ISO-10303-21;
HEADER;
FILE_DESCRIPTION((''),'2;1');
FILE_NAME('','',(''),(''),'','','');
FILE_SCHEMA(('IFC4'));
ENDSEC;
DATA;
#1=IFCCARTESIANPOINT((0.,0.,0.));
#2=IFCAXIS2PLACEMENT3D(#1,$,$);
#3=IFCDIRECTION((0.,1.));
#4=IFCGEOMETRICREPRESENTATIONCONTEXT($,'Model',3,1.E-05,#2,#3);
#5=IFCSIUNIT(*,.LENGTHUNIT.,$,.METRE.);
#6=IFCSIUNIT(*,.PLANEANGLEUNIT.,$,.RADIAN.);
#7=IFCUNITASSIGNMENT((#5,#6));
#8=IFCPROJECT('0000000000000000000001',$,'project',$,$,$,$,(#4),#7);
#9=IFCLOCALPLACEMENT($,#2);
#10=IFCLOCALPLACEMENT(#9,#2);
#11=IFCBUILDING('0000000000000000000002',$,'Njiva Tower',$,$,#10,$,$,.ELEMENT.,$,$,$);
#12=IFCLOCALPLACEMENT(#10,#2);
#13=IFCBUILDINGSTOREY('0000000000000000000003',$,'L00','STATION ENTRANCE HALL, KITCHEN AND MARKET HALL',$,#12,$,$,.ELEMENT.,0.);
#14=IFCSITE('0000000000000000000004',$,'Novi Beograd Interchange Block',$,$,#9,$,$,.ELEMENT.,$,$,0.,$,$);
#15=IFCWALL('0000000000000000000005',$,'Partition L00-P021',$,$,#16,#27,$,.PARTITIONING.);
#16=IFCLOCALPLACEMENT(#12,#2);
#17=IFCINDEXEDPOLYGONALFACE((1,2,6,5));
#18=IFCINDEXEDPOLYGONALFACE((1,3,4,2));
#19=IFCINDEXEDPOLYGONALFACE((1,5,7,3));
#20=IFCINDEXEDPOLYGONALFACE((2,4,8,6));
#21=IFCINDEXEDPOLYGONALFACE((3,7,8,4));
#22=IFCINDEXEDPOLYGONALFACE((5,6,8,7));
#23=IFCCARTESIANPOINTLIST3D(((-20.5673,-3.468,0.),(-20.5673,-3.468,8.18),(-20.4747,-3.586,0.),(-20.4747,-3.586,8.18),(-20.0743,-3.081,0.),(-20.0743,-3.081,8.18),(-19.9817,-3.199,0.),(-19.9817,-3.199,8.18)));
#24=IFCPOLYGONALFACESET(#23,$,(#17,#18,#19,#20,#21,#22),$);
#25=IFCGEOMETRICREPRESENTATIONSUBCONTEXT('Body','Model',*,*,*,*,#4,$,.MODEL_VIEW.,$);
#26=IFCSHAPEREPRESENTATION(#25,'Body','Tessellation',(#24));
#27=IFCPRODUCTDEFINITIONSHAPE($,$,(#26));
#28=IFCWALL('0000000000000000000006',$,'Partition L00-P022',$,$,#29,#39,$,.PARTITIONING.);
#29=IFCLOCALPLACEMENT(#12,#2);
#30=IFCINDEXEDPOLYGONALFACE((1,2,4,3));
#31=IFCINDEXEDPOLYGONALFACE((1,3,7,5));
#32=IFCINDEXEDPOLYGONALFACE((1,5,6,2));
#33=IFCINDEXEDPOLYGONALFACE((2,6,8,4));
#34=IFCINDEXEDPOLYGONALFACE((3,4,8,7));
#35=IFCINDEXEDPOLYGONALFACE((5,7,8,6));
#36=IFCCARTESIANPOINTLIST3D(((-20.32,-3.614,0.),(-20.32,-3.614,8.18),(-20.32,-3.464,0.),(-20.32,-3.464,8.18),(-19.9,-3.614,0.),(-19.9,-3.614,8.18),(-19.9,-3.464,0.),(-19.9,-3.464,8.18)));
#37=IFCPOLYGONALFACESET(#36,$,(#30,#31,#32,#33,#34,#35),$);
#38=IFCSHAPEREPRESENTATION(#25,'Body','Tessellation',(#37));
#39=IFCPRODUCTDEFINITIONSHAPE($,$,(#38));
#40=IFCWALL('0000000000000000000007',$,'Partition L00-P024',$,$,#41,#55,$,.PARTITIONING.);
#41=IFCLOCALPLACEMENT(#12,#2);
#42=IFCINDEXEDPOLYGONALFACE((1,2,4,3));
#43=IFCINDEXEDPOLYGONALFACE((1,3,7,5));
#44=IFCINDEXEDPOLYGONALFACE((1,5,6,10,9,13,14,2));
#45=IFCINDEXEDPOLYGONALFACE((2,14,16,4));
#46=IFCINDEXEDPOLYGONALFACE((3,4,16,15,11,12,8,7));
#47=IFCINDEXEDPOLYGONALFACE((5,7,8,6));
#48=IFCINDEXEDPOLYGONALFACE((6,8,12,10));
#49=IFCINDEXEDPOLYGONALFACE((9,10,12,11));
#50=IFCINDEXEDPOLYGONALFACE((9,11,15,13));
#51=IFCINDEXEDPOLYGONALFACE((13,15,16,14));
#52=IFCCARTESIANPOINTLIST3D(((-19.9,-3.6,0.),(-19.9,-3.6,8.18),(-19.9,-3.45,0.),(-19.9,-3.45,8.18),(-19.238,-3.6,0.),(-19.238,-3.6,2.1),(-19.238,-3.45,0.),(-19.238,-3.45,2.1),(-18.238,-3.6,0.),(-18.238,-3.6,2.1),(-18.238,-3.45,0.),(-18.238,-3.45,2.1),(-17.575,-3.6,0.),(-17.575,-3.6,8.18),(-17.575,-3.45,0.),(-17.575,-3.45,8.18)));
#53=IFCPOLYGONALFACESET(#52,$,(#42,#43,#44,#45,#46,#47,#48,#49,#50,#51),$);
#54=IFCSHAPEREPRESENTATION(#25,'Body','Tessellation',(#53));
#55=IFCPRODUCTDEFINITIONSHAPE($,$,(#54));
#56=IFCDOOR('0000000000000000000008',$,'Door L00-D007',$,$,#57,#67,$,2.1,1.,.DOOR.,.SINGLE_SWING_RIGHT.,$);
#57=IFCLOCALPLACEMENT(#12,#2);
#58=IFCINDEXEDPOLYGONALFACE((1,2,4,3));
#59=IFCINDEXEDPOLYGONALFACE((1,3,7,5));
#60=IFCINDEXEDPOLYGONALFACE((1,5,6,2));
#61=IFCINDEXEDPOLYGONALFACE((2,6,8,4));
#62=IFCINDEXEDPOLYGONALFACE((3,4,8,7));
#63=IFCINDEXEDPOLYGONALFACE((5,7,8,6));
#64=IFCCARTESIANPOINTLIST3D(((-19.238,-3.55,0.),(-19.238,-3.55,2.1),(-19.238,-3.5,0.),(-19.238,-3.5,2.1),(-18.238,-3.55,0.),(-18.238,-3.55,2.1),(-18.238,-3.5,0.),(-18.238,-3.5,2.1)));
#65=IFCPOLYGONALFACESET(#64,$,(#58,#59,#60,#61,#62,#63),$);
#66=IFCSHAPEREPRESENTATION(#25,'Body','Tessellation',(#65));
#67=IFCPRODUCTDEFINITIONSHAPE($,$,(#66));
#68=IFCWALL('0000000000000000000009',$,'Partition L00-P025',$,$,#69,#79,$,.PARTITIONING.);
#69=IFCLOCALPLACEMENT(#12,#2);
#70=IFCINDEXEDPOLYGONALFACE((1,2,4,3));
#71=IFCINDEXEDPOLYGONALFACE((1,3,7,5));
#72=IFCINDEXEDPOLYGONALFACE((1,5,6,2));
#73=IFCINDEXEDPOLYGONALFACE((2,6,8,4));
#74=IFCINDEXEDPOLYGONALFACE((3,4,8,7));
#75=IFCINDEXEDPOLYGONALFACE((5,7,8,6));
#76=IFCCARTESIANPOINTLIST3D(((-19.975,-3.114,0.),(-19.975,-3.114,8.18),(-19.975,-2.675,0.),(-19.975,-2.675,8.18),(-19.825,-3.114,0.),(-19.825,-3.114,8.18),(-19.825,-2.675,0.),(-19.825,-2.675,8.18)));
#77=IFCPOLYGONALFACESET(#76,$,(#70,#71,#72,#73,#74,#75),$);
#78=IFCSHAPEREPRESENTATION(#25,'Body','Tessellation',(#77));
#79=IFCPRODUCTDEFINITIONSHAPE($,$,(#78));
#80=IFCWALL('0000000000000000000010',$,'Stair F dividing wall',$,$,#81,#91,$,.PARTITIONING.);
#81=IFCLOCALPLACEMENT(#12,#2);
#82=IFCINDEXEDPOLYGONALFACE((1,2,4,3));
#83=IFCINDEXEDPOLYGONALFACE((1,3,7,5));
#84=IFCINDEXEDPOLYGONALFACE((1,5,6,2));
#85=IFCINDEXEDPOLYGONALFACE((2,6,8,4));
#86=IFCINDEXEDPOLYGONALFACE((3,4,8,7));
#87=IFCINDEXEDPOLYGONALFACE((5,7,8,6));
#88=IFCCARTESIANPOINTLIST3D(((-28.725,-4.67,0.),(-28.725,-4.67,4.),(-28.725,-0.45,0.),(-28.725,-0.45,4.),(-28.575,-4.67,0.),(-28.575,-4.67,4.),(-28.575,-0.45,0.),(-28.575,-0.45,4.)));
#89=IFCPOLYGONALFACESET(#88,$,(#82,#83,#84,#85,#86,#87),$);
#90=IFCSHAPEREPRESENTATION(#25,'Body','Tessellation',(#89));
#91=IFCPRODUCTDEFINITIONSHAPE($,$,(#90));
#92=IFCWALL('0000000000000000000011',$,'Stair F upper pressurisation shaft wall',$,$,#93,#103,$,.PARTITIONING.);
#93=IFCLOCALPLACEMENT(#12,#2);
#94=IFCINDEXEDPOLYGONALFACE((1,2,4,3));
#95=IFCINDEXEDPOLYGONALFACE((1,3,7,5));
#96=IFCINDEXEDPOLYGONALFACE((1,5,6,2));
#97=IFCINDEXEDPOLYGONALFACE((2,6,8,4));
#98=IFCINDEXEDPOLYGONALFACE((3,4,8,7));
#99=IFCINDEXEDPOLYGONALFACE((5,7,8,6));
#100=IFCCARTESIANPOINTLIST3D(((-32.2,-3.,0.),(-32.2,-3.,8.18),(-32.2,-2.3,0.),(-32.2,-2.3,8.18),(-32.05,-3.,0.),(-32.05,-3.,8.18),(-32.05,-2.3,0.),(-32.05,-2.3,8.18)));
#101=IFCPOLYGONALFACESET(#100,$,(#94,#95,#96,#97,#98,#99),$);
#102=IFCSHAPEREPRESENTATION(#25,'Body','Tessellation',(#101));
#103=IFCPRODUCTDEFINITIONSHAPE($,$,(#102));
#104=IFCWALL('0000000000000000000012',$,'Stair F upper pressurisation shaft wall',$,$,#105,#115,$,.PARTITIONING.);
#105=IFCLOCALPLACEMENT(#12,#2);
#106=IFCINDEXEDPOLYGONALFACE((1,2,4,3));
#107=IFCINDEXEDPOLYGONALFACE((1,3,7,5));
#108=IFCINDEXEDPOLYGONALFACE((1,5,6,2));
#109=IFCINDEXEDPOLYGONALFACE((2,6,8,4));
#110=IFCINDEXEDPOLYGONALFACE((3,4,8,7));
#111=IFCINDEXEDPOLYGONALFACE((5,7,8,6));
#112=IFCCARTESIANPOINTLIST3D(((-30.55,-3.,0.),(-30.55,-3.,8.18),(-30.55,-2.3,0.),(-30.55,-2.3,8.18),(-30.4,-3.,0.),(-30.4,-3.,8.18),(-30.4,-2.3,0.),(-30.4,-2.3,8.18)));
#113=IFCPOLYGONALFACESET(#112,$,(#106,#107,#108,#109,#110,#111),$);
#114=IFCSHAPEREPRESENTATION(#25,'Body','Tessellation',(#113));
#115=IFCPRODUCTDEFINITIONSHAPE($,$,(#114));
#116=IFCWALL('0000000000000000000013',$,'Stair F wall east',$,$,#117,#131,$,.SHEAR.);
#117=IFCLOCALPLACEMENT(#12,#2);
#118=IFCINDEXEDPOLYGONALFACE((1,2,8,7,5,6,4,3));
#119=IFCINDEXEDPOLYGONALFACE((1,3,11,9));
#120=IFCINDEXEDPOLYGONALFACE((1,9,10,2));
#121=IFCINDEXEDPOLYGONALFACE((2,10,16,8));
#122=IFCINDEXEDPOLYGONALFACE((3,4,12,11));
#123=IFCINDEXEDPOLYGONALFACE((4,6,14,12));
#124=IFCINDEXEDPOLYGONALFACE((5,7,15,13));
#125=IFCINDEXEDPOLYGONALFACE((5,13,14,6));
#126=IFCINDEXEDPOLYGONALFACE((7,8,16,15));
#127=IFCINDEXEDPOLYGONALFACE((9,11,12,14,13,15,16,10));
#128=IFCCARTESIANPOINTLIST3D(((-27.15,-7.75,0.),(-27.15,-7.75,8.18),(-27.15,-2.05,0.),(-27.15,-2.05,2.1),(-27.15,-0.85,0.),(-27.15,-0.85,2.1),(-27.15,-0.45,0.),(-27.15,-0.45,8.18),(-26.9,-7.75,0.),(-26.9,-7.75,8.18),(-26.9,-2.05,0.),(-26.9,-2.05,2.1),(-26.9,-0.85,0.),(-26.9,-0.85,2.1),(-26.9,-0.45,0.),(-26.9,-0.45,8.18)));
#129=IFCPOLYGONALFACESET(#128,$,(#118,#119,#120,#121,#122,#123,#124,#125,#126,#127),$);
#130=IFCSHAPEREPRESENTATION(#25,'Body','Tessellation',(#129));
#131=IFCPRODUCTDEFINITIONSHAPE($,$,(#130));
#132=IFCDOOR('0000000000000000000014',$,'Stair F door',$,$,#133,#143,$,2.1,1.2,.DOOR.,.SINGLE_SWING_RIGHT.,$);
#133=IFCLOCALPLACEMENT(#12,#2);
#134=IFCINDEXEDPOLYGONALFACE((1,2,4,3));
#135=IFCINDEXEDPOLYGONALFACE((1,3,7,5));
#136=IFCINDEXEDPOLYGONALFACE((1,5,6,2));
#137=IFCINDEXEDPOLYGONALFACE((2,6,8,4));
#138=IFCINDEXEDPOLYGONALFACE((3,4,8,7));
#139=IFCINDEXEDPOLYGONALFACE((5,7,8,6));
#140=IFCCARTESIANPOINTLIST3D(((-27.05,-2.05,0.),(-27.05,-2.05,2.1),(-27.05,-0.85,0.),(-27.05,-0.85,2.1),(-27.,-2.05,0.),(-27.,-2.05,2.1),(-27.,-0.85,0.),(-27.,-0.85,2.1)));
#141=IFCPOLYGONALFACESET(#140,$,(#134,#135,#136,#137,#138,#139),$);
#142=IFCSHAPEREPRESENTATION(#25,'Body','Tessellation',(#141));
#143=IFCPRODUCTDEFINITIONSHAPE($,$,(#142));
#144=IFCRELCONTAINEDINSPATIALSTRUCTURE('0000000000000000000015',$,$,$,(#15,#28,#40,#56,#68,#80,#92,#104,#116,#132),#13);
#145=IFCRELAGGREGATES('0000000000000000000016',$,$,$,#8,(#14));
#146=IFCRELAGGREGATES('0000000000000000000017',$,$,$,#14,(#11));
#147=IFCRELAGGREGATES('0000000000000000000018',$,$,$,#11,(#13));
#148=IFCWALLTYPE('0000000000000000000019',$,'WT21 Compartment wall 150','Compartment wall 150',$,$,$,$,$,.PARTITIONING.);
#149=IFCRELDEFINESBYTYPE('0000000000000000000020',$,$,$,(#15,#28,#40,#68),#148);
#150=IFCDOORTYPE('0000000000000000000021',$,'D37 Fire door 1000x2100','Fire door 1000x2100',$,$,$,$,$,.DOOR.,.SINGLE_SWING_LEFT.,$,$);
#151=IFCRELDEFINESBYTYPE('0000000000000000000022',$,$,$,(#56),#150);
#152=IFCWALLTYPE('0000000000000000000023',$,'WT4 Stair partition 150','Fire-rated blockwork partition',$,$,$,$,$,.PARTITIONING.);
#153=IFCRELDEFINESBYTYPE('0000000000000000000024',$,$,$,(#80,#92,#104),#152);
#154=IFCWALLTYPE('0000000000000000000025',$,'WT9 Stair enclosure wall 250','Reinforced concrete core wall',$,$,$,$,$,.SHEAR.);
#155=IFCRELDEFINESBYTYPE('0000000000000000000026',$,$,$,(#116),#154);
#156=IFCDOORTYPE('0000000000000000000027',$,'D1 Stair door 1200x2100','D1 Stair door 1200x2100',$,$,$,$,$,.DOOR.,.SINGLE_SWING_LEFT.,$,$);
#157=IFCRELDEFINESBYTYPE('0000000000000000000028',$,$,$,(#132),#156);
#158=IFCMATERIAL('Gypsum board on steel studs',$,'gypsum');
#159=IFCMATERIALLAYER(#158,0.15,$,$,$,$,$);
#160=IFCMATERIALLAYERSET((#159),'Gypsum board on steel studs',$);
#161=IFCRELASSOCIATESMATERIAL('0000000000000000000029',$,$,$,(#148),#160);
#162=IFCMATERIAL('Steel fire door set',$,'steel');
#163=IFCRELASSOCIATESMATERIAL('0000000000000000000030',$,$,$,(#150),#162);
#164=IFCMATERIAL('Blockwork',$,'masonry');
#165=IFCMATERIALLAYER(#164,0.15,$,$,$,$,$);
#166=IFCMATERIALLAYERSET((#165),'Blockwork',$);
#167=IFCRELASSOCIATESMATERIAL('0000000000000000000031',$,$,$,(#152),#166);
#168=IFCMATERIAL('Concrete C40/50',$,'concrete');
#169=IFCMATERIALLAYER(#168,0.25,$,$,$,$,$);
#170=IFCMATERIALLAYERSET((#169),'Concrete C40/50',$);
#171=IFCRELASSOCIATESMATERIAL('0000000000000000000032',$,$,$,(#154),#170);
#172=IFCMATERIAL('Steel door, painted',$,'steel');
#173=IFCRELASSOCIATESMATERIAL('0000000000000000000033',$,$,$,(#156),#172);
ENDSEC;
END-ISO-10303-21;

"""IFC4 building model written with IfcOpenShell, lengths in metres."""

from ifc_helpers import new_model, si_unit, direction, frame, frame_2d, origin, place, context, subcontext, project, spatial, rectangle, extrude, material, layer, layer_set, type_object, element, fill, save


model = new_model("IFC4")

# Units and contexts
model_context = context("Model", 3, precision=1e-05, world=origin(), true_north=direction((0.0, 1.0)))
body_context = subcontext(model_context, "Body", "Model", "MODEL_VIEW")
ifc_project = project(units=[si_unit("LENGTHUNIT", "METRE"), si_unit("PLANEANGLEUNIT", "RADIAN")], contexts=[model_context])

# Site, building, storey
site_placement = place(None, origin())
site = spatial("IfcSite", under=ifc_project, at=site_placement, Name="Novi Beograd Interchange Block", CompositionType="ELEMENT", RefElevation=0.0)
building_placement = place(site_placement, origin())
building = spatial("IfcBuilding", under=site, at=building_placement, Name="Njiva Tower", CompositionType="ELEMENT")
storey_placement = place(building_placement, origin())
storey = spatial("IfcBuildingStorey", under=building, at=storey_placement, Name="L00", Description="STATION ENTRANCE HALL, KITCHEN AND MARKET HALL", CompositionType="ELEMENT", Elevation=0.0)

# Shared definitions
ifc_material_1 = material(Name="Gypsum board on steel studs", Category="gypsum")
ifc_layer_1 = layer(ifc_material_1, 0.15)
ifc_layer_set_1 = layer_set([ifc_layer_1], Name="Gypsum board on steel studs")
wall_type_1 = type_object("IfcWallType", Name="WT21 Compartment wall 150", Description="Compartment wall 150", PredefinedType="PARTITIONING", material=ifc_layer_set_1)

# Shared definitions
ifc_material_2 = material(Name="Steel fire door set", Category="steel")
door_type_1 = type_object("IfcDoorType", Name="D37 Fire door 1000x2100", Description="Fire door 1000x2100", OperationType="SINGLE_SWING_LEFT", PredefinedType="DOOR", material=ifc_material_2)

# Walls
wall_1_placement = place(storey_placement, frame((-20.521, -3.527, 0.0), z_axis=(0.0, 0.0, 1.0), x_axis=(0.786595, 0.617469, 0.0)))
element("IfcWall", 1, at=wall_1_placement, inside=storey, type_object=wall_type_1, Name="Partition L00-P021", PredefinedType="PARTITIONING", context=body_context, shape_type="SweptSolid", body=[
    extrude(rectangle(XDim=0.6268, YDim=0.15, at=frame_2d((0.3134, 0.0))), origin(), (0.0, 0.0, 1.0), 8.18),
])
wall_2_placement = place(storey_placement, frame((-20.32, -3.539, 0.0), z_axis=(0.0, 0.0, 1.0), x_axis=(1.0, 0.0, 0.0)))
element("IfcWall", 2, at=wall_2_placement, inside=storey, type_object=wall_type_1, Name="Partition L00-P022", PredefinedType="PARTITIONING", context=body_context, shape_type="SweptSolid", body=[
    extrude(rectangle(XDim=0.42, YDim=0.15, at=frame_2d((0.21, 0.0))), origin(), (0.0, 0.0, 1.0), 8.18),
])

# Wall, opening, door
wall_3_placement = place(storey_placement, frame((-19.9, -3.525, 0.0), z_axis=(0.0, 0.0, 1.0), x_axis=(1.0, 0.0, 0.0)))
wall_3 = element("IfcWall", 3, at=wall_3_placement, inside=storey, type_object=wall_type_1, Name="Partition L00-P024", PredefinedType="PARTITIONING", context=body_context, shape_type="SweptSolid", body=[
    extrude(rectangle(XDim=2.325, YDim=0.15, at=frame_2d((1.1625, 0.0))), origin(), (0.0, 0.0, 1.0), 8.18),
])
opening_1_placement = place(wall_3_placement, frame((0.662, 0.0, 0.0)))
opening_1 = element("IfcOpeningElement", 4, at=opening_1_placement, cuts=wall_3, PredefinedType="OPENING", context=body_context, shape_type="SweptSolid", body=[
    extrude(rectangle(XDim=1.0, YDim=2.1, at=frame_2d((0.5, 1.05))), frame((0.0, 0.085, 0.0), z_axis=(0.0, -1.0, 0.0), x_axis=(1.0, 0.0, 0.0)), (0.0, 0.0, 1.0), 0.17),
])
door_1_placement = place(opening_1_placement, origin())
door_1 = element("IfcDoor", 5, at=door_1_placement, inside=storey, type_object=door_type_1, Name="Door L00-D007", OperationType="SINGLE_SWING_RIGHT", OverallHeight=2.1, OverallWidth=1.0, PredefinedType="DOOR", context=body_context, shape_type="SweptSolid", body=[
    extrude(rectangle(XDim=1.0, YDim=2.1, at=frame_2d((0.5, 1.05))), frame((0.0, 0.025, 0.0), z_axis=(0.0, -1.0, 0.0), x_axis=(1.0, 0.0, 0.0)), (0.0, 0.0, 1.0), 0.05),
])
fill(opening_1, door_1)

# Walls
wall_4_placement = place(storey_placement, frame((-19.9, -3.114, 0.0), z_axis=(0.0, 0.0, 1.0), x_axis=(0.0, 1.0, 0.0)))
element("IfcWall", 6, at=wall_4_placement, inside=storey, type_object=wall_type_1, Name="Partition L00-P025", PredefinedType="PARTITIONING", context=body_context, shape_type="SweptSolid", body=[
    extrude(rectangle(XDim=0.439, YDim=0.15, at=frame_2d((0.2195, 0.0))), origin(), (0.0, 0.0, 1.0), 8.18),
])
ifc_material_3 = material(Name="Blockwork", Category="masonry")
ifc_layer_2 = layer(ifc_material_3, 0.15)
ifc_layer_set_2 = layer_set([ifc_layer_2], Name="Blockwork")
wall_type_2 = type_object("IfcWallType", Name="WT4 Stair partition 150", Description="Fire-rated blockwork partition", PredefinedType="PARTITIONING", material=ifc_layer_set_2)
wall_5_placement = place(storey_placement, frame((-28.65, -4.67, 0.0), z_axis=(0.0, 0.0, 1.0), x_axis=(0.0, 1.0, 0.0)))
element("IfcWall", 7, at=wall_5_placement, inside=storey, type_object=wall_type_2, Name="Stair F dividing wall", PredefinedType="PARTITIONING", context=body_context, shape_type="SweptSolid", body=[
    extrude(rectangle(XDim=4.22, YDim=0.15, at=frame_2d((2.11, 0.0))), origin(), (0.0, 0.0, 1.0), 4.0),
])
for number, where, z_axis, x_axis, name in (
    (8, (-32.125, -3.0, 0.0), (0.0, 0.0, 1.0), (0.0, 1.0, 0.0), "Stair F upper pressurisation shaft wall"),
    (9, (-30.475, -3.0, 0.0), (0.0, 0.0, 1.0), (0.0, 1.0, 0.0), "Stair F upper pressurisation shaft wall"),
):
    element("IfcWall", number, at=place(storey_placement, frame(where, z_axis=z_axis, x_axis=x_axis)), inside=storey, type_object=wall_type_2, Name=name, PredefinedType="PARTITIONING", context=body_context, shape_type="SweptSolid", body=[
        extrude(rectangle(XDim=0.7, YDim=0.15, at=frame_2d((0.35, 0.0))), origin(), (0.0, 0.0, 1.0), 8.18),
    ])

# Wall, opening, door
ifc_material_4 = material(Name="Concrete C40/50", Category="concrete")
ifc_layer_3 = layer(ifc_material_4, 0.25)
ifc_layer_set_3 = layer_set([ifc_layer_3], Name="Concrete C40/50")
wall_type_3 = type_object("IfcWallType", Name="WT9 Stair enclosure wall 250", Description="Reinforced concrete core wall", PredefinedType="SHEAR", material=ifc_layer_set_3)
wall_6_placement = place(storey_placement, frame((-27.025, -7.75, 0.0), z_axis=(0.0, 0.0, 1.0), x_axis=(0.0, 1.0, 0.0)))
wall_6 = element("IfcWall", 10, at=wall_6_placement, inside=storey, type_object=wall_type_3, Name="Stair F wall east", PredefinedType="SHEAR", context=body_context, shape_type="SweptSolid", body=[
    extrude(rectangle(XDim=7.3, YDim=0.25, at=frame_2d((3.65, 0.0))), origin(), (0.0, 0.0, 1.0), 8.18),
])
opening_2_placement = place(wall_6_placement, frame((5.7, 0.0, 0.0)))
opening_2 = element("IfcOpeningElement", 11, at=opening_2_placement, cuts=wall_6, PredefinedType="OPENING", context=body_context, shape_type="SweptSolid", body=[
    extrude(rectangle(XDim=1.2, YDim=2.1, at=frame_2d((0.6, 1.05))), frame((0.0, 0.135, 0.0), z_axis=(0.0, -1.0, 0.0), x_axis=(1.0, 0.0, 0.0)), (0.0, 0.0, 1.0), 0.27),
])
ifc_material_5 = material(Name="Steel door, painted", Category="steel")
door_type_2 = type_object("IfcDoorType", Name="D1 Stair door 1200x2100", Description="D1 Stair door 1200x2100", OperationType="SINGLE_SWING_LEFT", PredefinedType="DOOR", material=ifc_material_5)
door_2_placement = place(opening_2_placement, origin())
door_2 = element("IfcDoor", 12, at=door_2_placement, inside=storey, type_object=door_type_2, Name="Stair F door", OperationType="SINGLE_SWING_RIGHT", OverallHeight=2.1, OverallWidth=1.2, PredefinedType="DOOR", context=body_context, shape_type="SweptSolid", body=[
    extrude(rectangle(XDim=1.2, YDim=2.1, at=frame_2d((0.6, 1.05))), frame((0.0, 0.025, 0.0), z_axis=(0.0, -1.0, 0.0), x_axis=(1.0, 0.0, 0.0)), (0.0, 0.0, 1.0), 0.05),
])
fill(opening_2, door_2)

save(model, "model.ifc")
